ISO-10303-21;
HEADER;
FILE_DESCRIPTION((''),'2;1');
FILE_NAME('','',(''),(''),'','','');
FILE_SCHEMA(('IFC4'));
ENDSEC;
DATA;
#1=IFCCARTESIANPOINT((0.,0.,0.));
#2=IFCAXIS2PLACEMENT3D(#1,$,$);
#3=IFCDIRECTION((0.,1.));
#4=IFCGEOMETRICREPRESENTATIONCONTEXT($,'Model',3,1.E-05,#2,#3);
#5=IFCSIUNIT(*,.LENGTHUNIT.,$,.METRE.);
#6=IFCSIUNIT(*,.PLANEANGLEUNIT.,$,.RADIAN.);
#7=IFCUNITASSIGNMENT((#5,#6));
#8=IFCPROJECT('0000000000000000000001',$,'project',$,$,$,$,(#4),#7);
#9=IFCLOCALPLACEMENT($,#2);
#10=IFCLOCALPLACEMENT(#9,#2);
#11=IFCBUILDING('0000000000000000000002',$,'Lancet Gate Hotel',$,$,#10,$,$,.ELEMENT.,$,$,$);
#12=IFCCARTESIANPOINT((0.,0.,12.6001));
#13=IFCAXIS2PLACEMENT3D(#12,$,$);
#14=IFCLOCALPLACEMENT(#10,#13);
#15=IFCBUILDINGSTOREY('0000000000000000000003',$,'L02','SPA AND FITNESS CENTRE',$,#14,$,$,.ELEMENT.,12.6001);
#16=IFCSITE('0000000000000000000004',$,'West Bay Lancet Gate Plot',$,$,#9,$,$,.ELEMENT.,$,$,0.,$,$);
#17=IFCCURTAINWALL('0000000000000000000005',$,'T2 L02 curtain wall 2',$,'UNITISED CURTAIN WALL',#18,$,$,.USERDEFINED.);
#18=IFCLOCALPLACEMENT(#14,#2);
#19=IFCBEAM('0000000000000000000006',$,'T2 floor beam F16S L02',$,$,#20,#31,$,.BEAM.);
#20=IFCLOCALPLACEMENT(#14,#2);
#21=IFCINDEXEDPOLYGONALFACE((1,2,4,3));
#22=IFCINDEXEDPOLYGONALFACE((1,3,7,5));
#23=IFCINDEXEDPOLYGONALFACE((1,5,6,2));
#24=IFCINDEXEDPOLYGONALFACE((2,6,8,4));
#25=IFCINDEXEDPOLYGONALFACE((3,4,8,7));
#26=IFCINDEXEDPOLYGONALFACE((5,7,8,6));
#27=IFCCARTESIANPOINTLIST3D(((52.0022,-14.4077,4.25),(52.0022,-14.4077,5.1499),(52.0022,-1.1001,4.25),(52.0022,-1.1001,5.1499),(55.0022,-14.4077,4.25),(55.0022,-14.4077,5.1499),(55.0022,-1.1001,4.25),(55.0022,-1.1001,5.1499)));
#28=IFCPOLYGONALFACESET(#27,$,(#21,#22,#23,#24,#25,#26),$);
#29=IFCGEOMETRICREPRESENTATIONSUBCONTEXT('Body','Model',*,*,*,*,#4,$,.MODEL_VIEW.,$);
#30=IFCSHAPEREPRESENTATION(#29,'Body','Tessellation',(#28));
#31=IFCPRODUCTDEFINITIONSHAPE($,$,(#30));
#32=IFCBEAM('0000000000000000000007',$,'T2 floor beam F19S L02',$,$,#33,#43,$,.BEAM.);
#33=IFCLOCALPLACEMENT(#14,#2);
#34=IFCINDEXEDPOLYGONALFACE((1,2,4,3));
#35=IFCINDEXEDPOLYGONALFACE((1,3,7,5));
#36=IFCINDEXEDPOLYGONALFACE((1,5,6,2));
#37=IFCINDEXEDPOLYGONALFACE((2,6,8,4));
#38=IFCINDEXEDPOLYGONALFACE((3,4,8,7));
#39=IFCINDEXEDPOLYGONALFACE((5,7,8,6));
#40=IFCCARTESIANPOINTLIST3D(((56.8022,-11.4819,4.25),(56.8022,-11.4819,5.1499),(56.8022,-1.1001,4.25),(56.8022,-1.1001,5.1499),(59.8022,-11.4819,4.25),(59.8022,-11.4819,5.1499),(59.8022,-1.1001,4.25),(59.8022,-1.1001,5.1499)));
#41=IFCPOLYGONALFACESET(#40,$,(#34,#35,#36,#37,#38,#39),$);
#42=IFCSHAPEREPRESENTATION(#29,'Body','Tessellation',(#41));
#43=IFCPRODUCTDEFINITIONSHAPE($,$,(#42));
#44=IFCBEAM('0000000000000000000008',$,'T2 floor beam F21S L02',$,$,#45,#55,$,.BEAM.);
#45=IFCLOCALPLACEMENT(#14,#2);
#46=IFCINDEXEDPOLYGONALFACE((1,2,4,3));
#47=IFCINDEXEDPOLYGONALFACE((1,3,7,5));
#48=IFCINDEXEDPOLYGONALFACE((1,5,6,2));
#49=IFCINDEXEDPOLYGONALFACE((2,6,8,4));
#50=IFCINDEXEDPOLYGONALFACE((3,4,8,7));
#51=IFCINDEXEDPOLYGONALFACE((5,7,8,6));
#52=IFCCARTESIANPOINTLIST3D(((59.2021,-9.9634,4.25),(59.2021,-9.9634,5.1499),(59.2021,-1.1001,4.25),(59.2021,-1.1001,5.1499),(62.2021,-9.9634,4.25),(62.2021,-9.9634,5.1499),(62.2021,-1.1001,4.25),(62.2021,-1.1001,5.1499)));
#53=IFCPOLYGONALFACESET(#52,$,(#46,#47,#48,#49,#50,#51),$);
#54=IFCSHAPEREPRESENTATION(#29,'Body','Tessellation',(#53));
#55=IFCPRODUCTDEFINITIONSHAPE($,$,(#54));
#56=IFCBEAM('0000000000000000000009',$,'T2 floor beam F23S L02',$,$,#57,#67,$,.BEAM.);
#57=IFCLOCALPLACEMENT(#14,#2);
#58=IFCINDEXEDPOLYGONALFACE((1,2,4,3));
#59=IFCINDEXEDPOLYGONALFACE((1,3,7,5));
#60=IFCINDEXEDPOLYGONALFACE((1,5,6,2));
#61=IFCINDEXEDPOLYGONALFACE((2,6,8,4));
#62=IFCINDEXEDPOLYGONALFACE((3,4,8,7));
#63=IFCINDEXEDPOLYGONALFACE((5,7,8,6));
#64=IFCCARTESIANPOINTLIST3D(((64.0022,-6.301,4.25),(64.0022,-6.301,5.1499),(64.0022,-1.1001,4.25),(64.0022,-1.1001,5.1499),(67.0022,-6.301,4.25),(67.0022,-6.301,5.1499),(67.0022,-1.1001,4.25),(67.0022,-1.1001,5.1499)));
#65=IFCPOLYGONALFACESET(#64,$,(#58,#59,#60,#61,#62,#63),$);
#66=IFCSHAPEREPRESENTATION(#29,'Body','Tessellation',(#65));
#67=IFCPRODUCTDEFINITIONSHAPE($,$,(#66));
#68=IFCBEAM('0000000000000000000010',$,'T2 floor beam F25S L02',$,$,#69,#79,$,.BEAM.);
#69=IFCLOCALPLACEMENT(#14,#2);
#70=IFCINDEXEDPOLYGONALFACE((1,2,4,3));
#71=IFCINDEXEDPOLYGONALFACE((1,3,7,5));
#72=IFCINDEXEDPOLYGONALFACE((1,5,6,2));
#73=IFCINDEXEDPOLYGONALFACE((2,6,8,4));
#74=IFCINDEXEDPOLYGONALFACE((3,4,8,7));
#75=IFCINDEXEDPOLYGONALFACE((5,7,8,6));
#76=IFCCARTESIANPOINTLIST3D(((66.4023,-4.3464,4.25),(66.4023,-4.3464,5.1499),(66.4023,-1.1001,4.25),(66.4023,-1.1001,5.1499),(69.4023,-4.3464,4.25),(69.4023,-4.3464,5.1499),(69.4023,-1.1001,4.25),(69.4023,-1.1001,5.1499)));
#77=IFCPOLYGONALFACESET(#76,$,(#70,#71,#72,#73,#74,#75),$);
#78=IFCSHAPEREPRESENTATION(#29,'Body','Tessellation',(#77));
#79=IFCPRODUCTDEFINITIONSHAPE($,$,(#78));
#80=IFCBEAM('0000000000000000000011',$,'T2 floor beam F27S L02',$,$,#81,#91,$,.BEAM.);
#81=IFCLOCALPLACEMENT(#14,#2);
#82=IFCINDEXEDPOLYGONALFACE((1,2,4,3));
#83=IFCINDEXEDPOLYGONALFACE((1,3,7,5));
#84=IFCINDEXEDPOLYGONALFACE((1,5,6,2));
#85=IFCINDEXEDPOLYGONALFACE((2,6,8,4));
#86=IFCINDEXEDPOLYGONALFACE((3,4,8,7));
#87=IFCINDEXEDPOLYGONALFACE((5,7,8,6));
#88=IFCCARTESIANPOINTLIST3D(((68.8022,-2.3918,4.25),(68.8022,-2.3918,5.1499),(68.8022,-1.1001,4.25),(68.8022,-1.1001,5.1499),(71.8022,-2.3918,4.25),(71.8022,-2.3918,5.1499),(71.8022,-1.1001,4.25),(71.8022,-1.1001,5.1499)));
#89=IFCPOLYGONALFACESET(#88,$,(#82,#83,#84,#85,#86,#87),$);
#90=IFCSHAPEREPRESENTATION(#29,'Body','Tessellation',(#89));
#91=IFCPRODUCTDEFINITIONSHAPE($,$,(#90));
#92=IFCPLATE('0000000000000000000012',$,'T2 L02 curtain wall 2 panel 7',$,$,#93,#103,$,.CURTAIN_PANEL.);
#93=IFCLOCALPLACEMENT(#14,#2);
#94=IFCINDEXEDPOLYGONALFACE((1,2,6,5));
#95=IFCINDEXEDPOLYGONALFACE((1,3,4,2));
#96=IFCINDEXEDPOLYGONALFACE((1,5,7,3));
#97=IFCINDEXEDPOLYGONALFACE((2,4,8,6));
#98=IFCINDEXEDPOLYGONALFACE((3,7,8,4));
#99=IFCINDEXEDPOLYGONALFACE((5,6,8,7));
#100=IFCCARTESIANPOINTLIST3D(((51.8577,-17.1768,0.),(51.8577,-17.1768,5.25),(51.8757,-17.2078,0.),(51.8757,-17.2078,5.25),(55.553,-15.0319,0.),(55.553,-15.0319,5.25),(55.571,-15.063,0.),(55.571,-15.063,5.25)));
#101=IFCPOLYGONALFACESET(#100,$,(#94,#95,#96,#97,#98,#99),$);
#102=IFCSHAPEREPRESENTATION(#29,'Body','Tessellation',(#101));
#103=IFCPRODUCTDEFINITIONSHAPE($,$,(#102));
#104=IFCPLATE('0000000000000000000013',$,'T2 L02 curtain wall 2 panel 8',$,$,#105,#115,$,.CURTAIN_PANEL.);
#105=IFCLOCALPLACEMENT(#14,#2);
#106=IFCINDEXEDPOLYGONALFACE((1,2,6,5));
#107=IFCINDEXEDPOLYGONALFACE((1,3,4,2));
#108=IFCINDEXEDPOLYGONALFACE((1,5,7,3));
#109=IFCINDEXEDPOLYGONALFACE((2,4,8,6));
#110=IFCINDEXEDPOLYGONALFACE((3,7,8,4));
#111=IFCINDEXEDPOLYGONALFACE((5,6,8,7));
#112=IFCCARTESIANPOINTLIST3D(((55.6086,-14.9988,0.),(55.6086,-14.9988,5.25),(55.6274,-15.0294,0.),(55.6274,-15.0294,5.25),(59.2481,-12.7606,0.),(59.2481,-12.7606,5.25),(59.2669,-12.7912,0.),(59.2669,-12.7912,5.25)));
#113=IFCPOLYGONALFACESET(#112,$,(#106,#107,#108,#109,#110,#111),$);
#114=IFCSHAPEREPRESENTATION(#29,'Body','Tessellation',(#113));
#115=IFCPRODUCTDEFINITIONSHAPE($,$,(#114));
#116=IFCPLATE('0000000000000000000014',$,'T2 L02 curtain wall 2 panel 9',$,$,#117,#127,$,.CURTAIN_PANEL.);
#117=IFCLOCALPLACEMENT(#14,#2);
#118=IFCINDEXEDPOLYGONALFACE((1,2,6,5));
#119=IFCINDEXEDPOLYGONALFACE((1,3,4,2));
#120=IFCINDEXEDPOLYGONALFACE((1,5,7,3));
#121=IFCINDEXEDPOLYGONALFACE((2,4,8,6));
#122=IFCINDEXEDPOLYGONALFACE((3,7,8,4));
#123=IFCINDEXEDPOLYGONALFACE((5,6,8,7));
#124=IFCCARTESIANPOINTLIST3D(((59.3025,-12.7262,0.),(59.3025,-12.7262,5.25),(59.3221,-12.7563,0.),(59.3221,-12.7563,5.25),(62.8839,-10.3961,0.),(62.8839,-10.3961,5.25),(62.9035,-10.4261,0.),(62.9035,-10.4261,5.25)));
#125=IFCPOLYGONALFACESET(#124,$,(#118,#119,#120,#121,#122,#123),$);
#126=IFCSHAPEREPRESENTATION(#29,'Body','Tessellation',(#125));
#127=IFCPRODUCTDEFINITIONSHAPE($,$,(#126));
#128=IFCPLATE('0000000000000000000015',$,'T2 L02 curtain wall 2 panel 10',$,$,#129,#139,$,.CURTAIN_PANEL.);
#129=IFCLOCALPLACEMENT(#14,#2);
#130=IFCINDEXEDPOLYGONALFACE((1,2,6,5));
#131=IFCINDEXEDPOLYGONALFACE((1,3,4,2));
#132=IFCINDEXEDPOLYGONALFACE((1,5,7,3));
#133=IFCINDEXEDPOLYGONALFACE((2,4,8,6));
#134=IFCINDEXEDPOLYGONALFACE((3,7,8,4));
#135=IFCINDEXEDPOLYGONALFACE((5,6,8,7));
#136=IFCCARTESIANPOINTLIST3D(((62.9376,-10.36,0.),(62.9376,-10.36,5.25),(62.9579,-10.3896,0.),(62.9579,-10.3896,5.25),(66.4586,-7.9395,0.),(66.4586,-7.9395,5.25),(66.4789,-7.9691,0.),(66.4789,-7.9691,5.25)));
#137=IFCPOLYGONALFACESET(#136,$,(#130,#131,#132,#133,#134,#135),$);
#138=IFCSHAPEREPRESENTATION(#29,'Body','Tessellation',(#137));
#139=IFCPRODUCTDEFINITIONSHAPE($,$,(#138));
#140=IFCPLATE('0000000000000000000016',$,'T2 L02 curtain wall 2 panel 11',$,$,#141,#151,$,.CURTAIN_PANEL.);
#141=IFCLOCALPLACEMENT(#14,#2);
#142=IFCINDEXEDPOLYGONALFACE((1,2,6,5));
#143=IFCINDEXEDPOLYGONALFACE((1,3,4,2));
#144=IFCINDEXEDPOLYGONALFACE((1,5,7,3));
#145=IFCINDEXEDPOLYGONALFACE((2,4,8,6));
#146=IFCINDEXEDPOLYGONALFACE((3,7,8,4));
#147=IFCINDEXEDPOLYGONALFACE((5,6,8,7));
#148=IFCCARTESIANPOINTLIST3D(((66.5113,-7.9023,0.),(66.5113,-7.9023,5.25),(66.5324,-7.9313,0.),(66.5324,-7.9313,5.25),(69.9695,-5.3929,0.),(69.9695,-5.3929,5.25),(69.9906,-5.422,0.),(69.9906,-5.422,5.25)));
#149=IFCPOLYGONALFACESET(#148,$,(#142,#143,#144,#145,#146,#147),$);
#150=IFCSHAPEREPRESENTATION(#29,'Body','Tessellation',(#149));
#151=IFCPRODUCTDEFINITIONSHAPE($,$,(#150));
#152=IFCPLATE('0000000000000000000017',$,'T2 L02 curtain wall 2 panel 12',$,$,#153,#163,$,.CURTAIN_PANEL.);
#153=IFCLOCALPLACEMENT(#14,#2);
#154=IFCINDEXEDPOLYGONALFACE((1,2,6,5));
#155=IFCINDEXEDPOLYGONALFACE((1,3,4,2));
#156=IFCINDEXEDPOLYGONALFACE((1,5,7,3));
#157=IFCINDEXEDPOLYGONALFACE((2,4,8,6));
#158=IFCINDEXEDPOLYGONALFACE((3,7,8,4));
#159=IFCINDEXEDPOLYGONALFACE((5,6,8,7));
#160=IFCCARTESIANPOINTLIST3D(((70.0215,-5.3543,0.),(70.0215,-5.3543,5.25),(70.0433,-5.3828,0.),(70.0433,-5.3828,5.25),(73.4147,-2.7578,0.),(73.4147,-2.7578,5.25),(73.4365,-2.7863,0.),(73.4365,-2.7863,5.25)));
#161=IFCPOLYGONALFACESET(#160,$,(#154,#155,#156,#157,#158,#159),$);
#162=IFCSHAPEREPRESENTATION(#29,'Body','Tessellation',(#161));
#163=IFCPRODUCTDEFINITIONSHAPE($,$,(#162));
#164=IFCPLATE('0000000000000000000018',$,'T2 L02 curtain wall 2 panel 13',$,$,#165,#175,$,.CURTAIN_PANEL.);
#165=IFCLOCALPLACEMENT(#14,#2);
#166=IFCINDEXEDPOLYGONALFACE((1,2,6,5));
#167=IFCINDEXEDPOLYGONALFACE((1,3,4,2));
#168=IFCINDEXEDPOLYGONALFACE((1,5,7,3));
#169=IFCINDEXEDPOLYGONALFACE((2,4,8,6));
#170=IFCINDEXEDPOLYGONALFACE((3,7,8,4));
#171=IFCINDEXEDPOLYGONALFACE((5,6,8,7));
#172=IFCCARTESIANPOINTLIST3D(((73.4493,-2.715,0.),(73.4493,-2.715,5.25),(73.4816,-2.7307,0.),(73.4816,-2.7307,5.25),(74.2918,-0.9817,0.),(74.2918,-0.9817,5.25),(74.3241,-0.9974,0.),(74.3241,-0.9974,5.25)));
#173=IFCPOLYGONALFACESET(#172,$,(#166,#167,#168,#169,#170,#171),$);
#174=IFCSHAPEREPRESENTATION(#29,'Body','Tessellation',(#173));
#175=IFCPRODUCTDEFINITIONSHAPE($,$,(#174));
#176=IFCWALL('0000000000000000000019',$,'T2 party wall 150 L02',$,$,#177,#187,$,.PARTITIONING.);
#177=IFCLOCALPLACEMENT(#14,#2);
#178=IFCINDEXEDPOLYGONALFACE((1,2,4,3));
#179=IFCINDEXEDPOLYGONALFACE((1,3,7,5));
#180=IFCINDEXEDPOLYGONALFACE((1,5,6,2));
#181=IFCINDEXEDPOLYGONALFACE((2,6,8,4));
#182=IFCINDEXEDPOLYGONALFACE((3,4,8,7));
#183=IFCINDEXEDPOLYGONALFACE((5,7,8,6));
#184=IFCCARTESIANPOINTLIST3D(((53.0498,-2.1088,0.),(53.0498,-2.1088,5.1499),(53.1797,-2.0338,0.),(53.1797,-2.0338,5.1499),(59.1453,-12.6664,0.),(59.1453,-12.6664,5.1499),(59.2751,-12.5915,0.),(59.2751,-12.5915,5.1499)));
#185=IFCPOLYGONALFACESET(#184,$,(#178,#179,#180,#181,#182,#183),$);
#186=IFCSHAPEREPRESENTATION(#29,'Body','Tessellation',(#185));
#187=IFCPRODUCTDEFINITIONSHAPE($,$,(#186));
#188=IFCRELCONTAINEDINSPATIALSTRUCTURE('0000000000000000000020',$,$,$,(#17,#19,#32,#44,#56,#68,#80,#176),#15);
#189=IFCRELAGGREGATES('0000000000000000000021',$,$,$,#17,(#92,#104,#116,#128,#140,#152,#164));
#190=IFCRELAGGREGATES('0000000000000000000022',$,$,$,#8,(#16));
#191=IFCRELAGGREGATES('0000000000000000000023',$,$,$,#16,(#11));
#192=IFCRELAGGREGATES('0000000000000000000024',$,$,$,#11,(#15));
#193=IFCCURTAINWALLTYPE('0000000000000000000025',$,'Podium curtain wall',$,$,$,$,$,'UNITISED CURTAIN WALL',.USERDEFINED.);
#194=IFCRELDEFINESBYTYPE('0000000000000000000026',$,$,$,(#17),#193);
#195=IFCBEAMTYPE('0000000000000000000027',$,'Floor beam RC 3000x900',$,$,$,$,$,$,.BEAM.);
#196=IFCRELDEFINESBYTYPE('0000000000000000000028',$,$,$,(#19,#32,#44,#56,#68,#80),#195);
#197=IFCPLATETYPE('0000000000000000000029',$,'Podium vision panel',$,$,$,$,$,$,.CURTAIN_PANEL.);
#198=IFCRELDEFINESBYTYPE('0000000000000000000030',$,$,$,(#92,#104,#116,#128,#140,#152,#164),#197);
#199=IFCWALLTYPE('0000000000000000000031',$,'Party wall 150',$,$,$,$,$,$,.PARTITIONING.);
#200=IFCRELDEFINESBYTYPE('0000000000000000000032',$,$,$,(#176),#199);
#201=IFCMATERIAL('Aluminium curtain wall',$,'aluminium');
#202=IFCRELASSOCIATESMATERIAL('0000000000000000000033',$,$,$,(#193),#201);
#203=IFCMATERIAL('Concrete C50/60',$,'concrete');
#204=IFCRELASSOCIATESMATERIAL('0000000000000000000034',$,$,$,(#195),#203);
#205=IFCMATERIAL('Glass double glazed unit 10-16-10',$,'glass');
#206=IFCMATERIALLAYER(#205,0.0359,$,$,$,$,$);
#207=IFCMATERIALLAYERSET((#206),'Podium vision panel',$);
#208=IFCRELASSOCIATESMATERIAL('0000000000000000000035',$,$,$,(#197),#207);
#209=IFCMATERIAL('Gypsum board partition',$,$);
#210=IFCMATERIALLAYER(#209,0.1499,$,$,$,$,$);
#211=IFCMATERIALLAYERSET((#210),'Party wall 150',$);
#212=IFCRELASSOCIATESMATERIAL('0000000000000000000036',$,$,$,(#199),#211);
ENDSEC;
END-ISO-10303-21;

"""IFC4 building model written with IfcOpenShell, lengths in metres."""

from ifc_helpers import new_model, si_unit, direction, frame, frame_2d, origin, origin_2d, place, context, subcontext, project, spatial, rectangle, extrude, material, layer, layer_set, material_profile, profile_set, type_object, element, aggregate, save


model = new_model("IFC4")

# Units and contexts
model_context = context("Model", 3, precision=1e-05, world=origin(), true_north=direction((0.0, 1.0)))
body_context = subcontext(model_context, "Body", "Model", "MODEL_VIEW")
ifc_project = project(units=[si_unit("LENGTHUNIT", "METRE"), si_unit("PLANEANGLEUNIT", "RADIAN")], contexts=[model_context])

# Site, building, storey
site_placement = place(None, origin())
site = spatial("IfcSite", under=ifc_project, at=site_placement, Name="West Bay Lancet Gate Plot", CompositionType="ELEMENT", RefElevation=0.0)
building_placement = place(site_placement, origin())
building = spatial("IfcBuilding", under=site, at=building_placement, Name="Lancet Gate Hotel", CompositionType="ELEMENT")
storey_placement = place(building_placement, frame((0.0, 0.0, 12.6001)))
storey = spatial("IfcBuildingStorey", under=building, at=storey_placement, Name="L02", Description="SPA AND FITNESS CENTRE", CompositionType="ELEMENT", Elevation=12.6001)

# Curtain wall
ifc_material_1 = material(Name="Aluminium curtain wall", Category="aluminium")
curtain_wall_type = type_object("IfcCurtainWallType", Name="Podium curtain wall", ElementType="UNITISED CURTAIN WALL", PredefinedType="USERDEFINED", material=ifc_material_1)
curtain_wall_placement = place(storey_placement, origin())
curtain_wall = element("IfcCurtainWall", 1, at=curtain_wall_placement, inside=storey, type_object=curtain_wall_type, Name="T2 L02 curtain wall 2", ObjectType="UNITISED CURTAIN WALL", PredefinedType="USERDEFINED")

# Beams
ifc_material_2 = material(Name="Concrete C50/60", Category="concrete")
ifc_material_profile_1 = material_profile(ifc_material_2, rectangle(XDim=3.0, YDim=0.8999, at=origin_2d()), Name="RC 3000x900")
ifc_profile_set_1 = profile_set([ifc_material_profile_1], Name="Concrete C50/60")
beam_type_1 = type_object("IfcBeamType", Name="Floor beam RC 3000x900", PredefinedType="BEAM", material=ifc_profile_set_1)
beam_1_placement = place(storey_placement, frame((53.5022, -14.4077, 4.7), z_axis=(0.0, 1.0, 0.0), x_axis=(-1.0, 0.0, 0.0)))
element("IfcBeam", 2, at=beam_1_placement, inside=storey, type_object=beam_type_1, Name="T2 floor beam F16S L02", PredefinedType="BEAM", context=body_context, shape_type="SweptSolid", body=[
    extrude(rectangle(XDim=3.0, YDim=0.8999, at=origin_2d()), origin(), (0.0, 0.0, 1.0), 13.3076),
])
beam_2_placement = place(storey_placement, frame((58.3022, -11.4819, 4.7), z_axis=(0.0, 1.0, 0.0), x_axis=(-1.0, 0.0, 0.0)))
element("IfcBeam", 3, at=beam_2_placement, inside=storey, type_object=beam_type_1, Name="T2 floor beam F19S L02", PredefinedType="BEAM", context=body_context, shape_type="SweptSolid", body=[
    extrude(rectangle(XDim=3.0, YDim=0.8999, at=origin_2d()), origin(), (0.0, 0.0, 1.0), 10.3818),
])
beam_3_placement = place(storey_placement, frame((60.7021, -9.9634, 4.7), z_axis=(0.0, 1.0, 0.0), x_axis=(-1.0, 0.0, 0.0)))
element("IfcBeam", 4, at=beam_3_placement, inside=storey, type_object=beam_type_1, Name="T2 floor beam F21S L02", PredefinedType="BEAM", context=body_context, shape_type="SweptSolid", body=[
    extrude(rectangle(XDim=3.0, YDim=0.8999, at=origin_2d()), origin(), (0.0, 0.0, 1.0), 8.8633),
])
beam_4_placement = place(storey_placement, frame((65.5022, -6.301, 4.7), z_axis=(0.0, 1.0, 0.0), x_axis=(-1.0, 0.0, 0.0)))
element("IfcBeam", 5, at=beam_4_placement, inside=storey, type_object=beam_type_1, Name="T2 floor beam F23S L02", PredefinedType="BEAM", context=body_context, shape_type="SweptSolid", body=[
    extrude(rectangle(XDim=3.0, YDim=0.8999, at=origin_2d()), origin(), (0.0, 0.0, 1.0), 5.2009),
])
beam_5_placement = place(storey_placement, frame((67.9023, -4.3464, 4.7), z_axis=(0.0, 1.0, 0.0), x_axis=(-1.0, 0.0, 0.0)))
element("IfcBeam", 6, at=beam_5_placement, inside=storey, type_object=beam_type_1, Name="T2 floor beam F25S L02", PredefinedType="BEAM", context=body_context, shape_type="SweptSolid", body=[
    extrude(rectangle(XDim=3.0, YDim=0.8999, at=origin_2d()), origin(), (0.0, 0.0, 1.0), 3.2463),
])
beam_6_placement = place(storey_placement, frame((70.3022, -2.3918, 4.7), z_axis=(0.0, 1.0, 0.0), x_axis=(-1.0, 0.0, 0.0)))
element("IfcBeam", 7, at=beam_6_placement, inside=storey, type_object=beam_type_1, Name="T2 floor beam F27S L02", PredefinedType="BEAM", context=body_context, shape_type="SweptSolid", body=[
    extrude(rectangle(XDim=3.0, YDim=0.8999, at=origin_2d()), origin(), (0.0, 0.0, 1.0), 1.2917),
])

# Plates
ifc_material_3 = material(Name="Glass double glazed unit 10-16-10", Category="glass")
ifc_layer_1 = layer(ifc_material_3, 0.0359)
ifc_layer_set_1 = layer_set([ifc_layer_1], Name="Podium vision panel")
plate_type = type_object("IfcPlateType", Name="Podium vision panel", PredefinedType="CURTAIN_PANEL", material=ifc_layer_set_1)
plate_1_placement = place(storey_placement, frame((53.7144, -16.1199, 0.0), z_axis=(0.0, 0.0, 1.0), x_axis=(0.864872, 0.501993, 0.0)))
plate_1 = element("IfcPlate", 8, at=plate_1_placement, type_object=plate_type, Name="T2 L02 curtain wall 2 panel 7", PredefinedType="CURTAIN_PANEL", context=body_context, shape_type="SweptSolid", body=[
    extrude(rectangle(XDim=4.2727, YDim=0.0359, at=origin_2d()), origin(), (0.0, 0.0, 1.0), 5.25),
])
plate_2_placement = place(storey_placement, frame((57.4377, -13.895, 0.0), z_axis=(0.0, 0.0, 1.0), x_axis=(0.851815, 0.523842, 0.0)))
plate_2 = element("IfcPlate", 9, at=plate_2_placement, type_object=plate_type, Name="T2 L02 curtain wall 2 panel 8", PredefinedType="CURTAIN_PANEL", context=body_context, shape_type="SweptSolid", body=[
    extrude(rectangle(XDim=4.2727, YDim=0.0359, at=origin_2d()), origin(), (0.0, 0.0, 1.0), 5.25),
])
plate_3_placement = place(storey_placement, frame((61.103, -11.5762, 0.0), z_axis=(0.0, 0.0, 1.0), x_axis=(0.838207, 0.545353, 0.0)))
plate_3 = element("IfcPlate", 10, at=plate_3_placement, type_object=plate_type, Name="T2 L02 curtain wall 2 panel 9", PredefinedType="CURTAIN_PANEL", context=body_context, shape_type="SweptSolid", body=[
    extrude(rectangle(XDim=4.2727, YDim=0.0359, at=origin_2d()), origin(), (0.0, 0.0, 1.0), 5.25),
])
plate_4_placement = place(storey_placement, frame((64.7083, -9.1646, 0.0), z_axis=(0.0, 0.0, 1.0), x_axis=(0.824055, 0.566509, 0.0)))
plate_4 = element("IfcPlate", 11, at=plate_4_placement, type_object=plate_type, Name="T2 L02 curtain wall 2 panel 10", PredefinedType="CURTAIN_PANEL", context=body_context, shape_type="SweptSolid", body=[
    extrude(rectangle(XDim=4.2727, YDim=0.0359, at=origin_2d()), origin(), (0.0, 0.0, 1.0), 5.25),
])
plate_5_placement = place(storey_placement, frame((68.251, -6.6621, 0.0), z_axis=(0.0, 0.0, 1.0), x_axis=(0.80937, 0.587299, 0.0)))
plate_5 = element("IfcPlate", 12, at=plate_5_placement, type_object=plate_type, Name="T2 L02 curtain wall 2 panel 11", PredefinedType="CURTAIN_PANEL", context=body_context, shape_type="SweptSolid", body=[
    extrude(rectangle(XDim=4.2727, YDim=0.0359, at=origin_2d()), origin(), (0.0, 0.0, 1.0), 5.25),
])
plate_6_placement = place(storey_placement, frame((71.729, -4.0703, 0.0), z_axis=(0.0, 0.0, 1.0), x_axis=(0.79416, 0.607709, 0.0)))
plate_6 = element("IfcPlate", 13, at=plate_6_placement, type_object=plate_type, Name="T2 L02 curtain wall 2 panel 12", PredefinedType="CURTAIN_PANEL", context=body_context, shape_type="SweptSolid", body=[
    extrude(rectangle(XDim=4.2727, YDim=0.0359, at=origin_2d()), origin(), (0.0, 0.0, 1.0), 5.25),
])
plate_7_placement = place(storey_placement, frame((73.8867, -1.8562, 0.0), z_axis=(0.0, 0.0, 1.0), x_axis=(0.437169, 0.899379, 0.0)))
plate_7 = element("IfcPlate", 14, at=plate_7_placement, type_object=plate_type, Name="T2 L02 curtain wall 2 panel 13", PredefinedType="CURTAIN_PANEL", context=body_context, shape_type="SweptSolid", body=[
    extrude(rectangle(XDim=1.9272, YDim=0.0359, at=origin_2d()), origin(), (0.0, 0.0, 1.0), 5.25),
])
aggregate(curtain_wall, [plate_1, plate_2, plate_3, plate_4, plate_5, plate_6, plate_7])

# Wall
ifc_material_4 = material(Name="Gypsum board partition")
ifc_layer_2 = layer(ifc_material_4, 0.1499)
ifc_layer_set_2 = layer_set([ifc_layer_2], Name="Party wall 150")
wall_type = type_object("IfcWallType", Name="Party wall 150", PredefinedType="PARTITIONING", material=ifc_layer_set_2)
wall_placement = place(storey_placement, frame((53.1147, -2.0713, 0.0), z_axis=(0.0, 0.0, 1.0), x_axis=(0.500001, -0.866025, 0.0)))
element("IfcWall", 15, at=wall_placement, inside=storey, type_object=wall_type, Name="T2 party wall 150 L02", PredefinedType="PARTITIONING", context=body_context, shape_type="SweptSolid", body=[
    extrude(rectangle(XDim=12.1909, YDim=0.1499, at=frame_2d((6.0955, 0.0))), origin(), (0.0, 0.0, 1.0), 5.1499),
])

save(model, "model.ifc")
